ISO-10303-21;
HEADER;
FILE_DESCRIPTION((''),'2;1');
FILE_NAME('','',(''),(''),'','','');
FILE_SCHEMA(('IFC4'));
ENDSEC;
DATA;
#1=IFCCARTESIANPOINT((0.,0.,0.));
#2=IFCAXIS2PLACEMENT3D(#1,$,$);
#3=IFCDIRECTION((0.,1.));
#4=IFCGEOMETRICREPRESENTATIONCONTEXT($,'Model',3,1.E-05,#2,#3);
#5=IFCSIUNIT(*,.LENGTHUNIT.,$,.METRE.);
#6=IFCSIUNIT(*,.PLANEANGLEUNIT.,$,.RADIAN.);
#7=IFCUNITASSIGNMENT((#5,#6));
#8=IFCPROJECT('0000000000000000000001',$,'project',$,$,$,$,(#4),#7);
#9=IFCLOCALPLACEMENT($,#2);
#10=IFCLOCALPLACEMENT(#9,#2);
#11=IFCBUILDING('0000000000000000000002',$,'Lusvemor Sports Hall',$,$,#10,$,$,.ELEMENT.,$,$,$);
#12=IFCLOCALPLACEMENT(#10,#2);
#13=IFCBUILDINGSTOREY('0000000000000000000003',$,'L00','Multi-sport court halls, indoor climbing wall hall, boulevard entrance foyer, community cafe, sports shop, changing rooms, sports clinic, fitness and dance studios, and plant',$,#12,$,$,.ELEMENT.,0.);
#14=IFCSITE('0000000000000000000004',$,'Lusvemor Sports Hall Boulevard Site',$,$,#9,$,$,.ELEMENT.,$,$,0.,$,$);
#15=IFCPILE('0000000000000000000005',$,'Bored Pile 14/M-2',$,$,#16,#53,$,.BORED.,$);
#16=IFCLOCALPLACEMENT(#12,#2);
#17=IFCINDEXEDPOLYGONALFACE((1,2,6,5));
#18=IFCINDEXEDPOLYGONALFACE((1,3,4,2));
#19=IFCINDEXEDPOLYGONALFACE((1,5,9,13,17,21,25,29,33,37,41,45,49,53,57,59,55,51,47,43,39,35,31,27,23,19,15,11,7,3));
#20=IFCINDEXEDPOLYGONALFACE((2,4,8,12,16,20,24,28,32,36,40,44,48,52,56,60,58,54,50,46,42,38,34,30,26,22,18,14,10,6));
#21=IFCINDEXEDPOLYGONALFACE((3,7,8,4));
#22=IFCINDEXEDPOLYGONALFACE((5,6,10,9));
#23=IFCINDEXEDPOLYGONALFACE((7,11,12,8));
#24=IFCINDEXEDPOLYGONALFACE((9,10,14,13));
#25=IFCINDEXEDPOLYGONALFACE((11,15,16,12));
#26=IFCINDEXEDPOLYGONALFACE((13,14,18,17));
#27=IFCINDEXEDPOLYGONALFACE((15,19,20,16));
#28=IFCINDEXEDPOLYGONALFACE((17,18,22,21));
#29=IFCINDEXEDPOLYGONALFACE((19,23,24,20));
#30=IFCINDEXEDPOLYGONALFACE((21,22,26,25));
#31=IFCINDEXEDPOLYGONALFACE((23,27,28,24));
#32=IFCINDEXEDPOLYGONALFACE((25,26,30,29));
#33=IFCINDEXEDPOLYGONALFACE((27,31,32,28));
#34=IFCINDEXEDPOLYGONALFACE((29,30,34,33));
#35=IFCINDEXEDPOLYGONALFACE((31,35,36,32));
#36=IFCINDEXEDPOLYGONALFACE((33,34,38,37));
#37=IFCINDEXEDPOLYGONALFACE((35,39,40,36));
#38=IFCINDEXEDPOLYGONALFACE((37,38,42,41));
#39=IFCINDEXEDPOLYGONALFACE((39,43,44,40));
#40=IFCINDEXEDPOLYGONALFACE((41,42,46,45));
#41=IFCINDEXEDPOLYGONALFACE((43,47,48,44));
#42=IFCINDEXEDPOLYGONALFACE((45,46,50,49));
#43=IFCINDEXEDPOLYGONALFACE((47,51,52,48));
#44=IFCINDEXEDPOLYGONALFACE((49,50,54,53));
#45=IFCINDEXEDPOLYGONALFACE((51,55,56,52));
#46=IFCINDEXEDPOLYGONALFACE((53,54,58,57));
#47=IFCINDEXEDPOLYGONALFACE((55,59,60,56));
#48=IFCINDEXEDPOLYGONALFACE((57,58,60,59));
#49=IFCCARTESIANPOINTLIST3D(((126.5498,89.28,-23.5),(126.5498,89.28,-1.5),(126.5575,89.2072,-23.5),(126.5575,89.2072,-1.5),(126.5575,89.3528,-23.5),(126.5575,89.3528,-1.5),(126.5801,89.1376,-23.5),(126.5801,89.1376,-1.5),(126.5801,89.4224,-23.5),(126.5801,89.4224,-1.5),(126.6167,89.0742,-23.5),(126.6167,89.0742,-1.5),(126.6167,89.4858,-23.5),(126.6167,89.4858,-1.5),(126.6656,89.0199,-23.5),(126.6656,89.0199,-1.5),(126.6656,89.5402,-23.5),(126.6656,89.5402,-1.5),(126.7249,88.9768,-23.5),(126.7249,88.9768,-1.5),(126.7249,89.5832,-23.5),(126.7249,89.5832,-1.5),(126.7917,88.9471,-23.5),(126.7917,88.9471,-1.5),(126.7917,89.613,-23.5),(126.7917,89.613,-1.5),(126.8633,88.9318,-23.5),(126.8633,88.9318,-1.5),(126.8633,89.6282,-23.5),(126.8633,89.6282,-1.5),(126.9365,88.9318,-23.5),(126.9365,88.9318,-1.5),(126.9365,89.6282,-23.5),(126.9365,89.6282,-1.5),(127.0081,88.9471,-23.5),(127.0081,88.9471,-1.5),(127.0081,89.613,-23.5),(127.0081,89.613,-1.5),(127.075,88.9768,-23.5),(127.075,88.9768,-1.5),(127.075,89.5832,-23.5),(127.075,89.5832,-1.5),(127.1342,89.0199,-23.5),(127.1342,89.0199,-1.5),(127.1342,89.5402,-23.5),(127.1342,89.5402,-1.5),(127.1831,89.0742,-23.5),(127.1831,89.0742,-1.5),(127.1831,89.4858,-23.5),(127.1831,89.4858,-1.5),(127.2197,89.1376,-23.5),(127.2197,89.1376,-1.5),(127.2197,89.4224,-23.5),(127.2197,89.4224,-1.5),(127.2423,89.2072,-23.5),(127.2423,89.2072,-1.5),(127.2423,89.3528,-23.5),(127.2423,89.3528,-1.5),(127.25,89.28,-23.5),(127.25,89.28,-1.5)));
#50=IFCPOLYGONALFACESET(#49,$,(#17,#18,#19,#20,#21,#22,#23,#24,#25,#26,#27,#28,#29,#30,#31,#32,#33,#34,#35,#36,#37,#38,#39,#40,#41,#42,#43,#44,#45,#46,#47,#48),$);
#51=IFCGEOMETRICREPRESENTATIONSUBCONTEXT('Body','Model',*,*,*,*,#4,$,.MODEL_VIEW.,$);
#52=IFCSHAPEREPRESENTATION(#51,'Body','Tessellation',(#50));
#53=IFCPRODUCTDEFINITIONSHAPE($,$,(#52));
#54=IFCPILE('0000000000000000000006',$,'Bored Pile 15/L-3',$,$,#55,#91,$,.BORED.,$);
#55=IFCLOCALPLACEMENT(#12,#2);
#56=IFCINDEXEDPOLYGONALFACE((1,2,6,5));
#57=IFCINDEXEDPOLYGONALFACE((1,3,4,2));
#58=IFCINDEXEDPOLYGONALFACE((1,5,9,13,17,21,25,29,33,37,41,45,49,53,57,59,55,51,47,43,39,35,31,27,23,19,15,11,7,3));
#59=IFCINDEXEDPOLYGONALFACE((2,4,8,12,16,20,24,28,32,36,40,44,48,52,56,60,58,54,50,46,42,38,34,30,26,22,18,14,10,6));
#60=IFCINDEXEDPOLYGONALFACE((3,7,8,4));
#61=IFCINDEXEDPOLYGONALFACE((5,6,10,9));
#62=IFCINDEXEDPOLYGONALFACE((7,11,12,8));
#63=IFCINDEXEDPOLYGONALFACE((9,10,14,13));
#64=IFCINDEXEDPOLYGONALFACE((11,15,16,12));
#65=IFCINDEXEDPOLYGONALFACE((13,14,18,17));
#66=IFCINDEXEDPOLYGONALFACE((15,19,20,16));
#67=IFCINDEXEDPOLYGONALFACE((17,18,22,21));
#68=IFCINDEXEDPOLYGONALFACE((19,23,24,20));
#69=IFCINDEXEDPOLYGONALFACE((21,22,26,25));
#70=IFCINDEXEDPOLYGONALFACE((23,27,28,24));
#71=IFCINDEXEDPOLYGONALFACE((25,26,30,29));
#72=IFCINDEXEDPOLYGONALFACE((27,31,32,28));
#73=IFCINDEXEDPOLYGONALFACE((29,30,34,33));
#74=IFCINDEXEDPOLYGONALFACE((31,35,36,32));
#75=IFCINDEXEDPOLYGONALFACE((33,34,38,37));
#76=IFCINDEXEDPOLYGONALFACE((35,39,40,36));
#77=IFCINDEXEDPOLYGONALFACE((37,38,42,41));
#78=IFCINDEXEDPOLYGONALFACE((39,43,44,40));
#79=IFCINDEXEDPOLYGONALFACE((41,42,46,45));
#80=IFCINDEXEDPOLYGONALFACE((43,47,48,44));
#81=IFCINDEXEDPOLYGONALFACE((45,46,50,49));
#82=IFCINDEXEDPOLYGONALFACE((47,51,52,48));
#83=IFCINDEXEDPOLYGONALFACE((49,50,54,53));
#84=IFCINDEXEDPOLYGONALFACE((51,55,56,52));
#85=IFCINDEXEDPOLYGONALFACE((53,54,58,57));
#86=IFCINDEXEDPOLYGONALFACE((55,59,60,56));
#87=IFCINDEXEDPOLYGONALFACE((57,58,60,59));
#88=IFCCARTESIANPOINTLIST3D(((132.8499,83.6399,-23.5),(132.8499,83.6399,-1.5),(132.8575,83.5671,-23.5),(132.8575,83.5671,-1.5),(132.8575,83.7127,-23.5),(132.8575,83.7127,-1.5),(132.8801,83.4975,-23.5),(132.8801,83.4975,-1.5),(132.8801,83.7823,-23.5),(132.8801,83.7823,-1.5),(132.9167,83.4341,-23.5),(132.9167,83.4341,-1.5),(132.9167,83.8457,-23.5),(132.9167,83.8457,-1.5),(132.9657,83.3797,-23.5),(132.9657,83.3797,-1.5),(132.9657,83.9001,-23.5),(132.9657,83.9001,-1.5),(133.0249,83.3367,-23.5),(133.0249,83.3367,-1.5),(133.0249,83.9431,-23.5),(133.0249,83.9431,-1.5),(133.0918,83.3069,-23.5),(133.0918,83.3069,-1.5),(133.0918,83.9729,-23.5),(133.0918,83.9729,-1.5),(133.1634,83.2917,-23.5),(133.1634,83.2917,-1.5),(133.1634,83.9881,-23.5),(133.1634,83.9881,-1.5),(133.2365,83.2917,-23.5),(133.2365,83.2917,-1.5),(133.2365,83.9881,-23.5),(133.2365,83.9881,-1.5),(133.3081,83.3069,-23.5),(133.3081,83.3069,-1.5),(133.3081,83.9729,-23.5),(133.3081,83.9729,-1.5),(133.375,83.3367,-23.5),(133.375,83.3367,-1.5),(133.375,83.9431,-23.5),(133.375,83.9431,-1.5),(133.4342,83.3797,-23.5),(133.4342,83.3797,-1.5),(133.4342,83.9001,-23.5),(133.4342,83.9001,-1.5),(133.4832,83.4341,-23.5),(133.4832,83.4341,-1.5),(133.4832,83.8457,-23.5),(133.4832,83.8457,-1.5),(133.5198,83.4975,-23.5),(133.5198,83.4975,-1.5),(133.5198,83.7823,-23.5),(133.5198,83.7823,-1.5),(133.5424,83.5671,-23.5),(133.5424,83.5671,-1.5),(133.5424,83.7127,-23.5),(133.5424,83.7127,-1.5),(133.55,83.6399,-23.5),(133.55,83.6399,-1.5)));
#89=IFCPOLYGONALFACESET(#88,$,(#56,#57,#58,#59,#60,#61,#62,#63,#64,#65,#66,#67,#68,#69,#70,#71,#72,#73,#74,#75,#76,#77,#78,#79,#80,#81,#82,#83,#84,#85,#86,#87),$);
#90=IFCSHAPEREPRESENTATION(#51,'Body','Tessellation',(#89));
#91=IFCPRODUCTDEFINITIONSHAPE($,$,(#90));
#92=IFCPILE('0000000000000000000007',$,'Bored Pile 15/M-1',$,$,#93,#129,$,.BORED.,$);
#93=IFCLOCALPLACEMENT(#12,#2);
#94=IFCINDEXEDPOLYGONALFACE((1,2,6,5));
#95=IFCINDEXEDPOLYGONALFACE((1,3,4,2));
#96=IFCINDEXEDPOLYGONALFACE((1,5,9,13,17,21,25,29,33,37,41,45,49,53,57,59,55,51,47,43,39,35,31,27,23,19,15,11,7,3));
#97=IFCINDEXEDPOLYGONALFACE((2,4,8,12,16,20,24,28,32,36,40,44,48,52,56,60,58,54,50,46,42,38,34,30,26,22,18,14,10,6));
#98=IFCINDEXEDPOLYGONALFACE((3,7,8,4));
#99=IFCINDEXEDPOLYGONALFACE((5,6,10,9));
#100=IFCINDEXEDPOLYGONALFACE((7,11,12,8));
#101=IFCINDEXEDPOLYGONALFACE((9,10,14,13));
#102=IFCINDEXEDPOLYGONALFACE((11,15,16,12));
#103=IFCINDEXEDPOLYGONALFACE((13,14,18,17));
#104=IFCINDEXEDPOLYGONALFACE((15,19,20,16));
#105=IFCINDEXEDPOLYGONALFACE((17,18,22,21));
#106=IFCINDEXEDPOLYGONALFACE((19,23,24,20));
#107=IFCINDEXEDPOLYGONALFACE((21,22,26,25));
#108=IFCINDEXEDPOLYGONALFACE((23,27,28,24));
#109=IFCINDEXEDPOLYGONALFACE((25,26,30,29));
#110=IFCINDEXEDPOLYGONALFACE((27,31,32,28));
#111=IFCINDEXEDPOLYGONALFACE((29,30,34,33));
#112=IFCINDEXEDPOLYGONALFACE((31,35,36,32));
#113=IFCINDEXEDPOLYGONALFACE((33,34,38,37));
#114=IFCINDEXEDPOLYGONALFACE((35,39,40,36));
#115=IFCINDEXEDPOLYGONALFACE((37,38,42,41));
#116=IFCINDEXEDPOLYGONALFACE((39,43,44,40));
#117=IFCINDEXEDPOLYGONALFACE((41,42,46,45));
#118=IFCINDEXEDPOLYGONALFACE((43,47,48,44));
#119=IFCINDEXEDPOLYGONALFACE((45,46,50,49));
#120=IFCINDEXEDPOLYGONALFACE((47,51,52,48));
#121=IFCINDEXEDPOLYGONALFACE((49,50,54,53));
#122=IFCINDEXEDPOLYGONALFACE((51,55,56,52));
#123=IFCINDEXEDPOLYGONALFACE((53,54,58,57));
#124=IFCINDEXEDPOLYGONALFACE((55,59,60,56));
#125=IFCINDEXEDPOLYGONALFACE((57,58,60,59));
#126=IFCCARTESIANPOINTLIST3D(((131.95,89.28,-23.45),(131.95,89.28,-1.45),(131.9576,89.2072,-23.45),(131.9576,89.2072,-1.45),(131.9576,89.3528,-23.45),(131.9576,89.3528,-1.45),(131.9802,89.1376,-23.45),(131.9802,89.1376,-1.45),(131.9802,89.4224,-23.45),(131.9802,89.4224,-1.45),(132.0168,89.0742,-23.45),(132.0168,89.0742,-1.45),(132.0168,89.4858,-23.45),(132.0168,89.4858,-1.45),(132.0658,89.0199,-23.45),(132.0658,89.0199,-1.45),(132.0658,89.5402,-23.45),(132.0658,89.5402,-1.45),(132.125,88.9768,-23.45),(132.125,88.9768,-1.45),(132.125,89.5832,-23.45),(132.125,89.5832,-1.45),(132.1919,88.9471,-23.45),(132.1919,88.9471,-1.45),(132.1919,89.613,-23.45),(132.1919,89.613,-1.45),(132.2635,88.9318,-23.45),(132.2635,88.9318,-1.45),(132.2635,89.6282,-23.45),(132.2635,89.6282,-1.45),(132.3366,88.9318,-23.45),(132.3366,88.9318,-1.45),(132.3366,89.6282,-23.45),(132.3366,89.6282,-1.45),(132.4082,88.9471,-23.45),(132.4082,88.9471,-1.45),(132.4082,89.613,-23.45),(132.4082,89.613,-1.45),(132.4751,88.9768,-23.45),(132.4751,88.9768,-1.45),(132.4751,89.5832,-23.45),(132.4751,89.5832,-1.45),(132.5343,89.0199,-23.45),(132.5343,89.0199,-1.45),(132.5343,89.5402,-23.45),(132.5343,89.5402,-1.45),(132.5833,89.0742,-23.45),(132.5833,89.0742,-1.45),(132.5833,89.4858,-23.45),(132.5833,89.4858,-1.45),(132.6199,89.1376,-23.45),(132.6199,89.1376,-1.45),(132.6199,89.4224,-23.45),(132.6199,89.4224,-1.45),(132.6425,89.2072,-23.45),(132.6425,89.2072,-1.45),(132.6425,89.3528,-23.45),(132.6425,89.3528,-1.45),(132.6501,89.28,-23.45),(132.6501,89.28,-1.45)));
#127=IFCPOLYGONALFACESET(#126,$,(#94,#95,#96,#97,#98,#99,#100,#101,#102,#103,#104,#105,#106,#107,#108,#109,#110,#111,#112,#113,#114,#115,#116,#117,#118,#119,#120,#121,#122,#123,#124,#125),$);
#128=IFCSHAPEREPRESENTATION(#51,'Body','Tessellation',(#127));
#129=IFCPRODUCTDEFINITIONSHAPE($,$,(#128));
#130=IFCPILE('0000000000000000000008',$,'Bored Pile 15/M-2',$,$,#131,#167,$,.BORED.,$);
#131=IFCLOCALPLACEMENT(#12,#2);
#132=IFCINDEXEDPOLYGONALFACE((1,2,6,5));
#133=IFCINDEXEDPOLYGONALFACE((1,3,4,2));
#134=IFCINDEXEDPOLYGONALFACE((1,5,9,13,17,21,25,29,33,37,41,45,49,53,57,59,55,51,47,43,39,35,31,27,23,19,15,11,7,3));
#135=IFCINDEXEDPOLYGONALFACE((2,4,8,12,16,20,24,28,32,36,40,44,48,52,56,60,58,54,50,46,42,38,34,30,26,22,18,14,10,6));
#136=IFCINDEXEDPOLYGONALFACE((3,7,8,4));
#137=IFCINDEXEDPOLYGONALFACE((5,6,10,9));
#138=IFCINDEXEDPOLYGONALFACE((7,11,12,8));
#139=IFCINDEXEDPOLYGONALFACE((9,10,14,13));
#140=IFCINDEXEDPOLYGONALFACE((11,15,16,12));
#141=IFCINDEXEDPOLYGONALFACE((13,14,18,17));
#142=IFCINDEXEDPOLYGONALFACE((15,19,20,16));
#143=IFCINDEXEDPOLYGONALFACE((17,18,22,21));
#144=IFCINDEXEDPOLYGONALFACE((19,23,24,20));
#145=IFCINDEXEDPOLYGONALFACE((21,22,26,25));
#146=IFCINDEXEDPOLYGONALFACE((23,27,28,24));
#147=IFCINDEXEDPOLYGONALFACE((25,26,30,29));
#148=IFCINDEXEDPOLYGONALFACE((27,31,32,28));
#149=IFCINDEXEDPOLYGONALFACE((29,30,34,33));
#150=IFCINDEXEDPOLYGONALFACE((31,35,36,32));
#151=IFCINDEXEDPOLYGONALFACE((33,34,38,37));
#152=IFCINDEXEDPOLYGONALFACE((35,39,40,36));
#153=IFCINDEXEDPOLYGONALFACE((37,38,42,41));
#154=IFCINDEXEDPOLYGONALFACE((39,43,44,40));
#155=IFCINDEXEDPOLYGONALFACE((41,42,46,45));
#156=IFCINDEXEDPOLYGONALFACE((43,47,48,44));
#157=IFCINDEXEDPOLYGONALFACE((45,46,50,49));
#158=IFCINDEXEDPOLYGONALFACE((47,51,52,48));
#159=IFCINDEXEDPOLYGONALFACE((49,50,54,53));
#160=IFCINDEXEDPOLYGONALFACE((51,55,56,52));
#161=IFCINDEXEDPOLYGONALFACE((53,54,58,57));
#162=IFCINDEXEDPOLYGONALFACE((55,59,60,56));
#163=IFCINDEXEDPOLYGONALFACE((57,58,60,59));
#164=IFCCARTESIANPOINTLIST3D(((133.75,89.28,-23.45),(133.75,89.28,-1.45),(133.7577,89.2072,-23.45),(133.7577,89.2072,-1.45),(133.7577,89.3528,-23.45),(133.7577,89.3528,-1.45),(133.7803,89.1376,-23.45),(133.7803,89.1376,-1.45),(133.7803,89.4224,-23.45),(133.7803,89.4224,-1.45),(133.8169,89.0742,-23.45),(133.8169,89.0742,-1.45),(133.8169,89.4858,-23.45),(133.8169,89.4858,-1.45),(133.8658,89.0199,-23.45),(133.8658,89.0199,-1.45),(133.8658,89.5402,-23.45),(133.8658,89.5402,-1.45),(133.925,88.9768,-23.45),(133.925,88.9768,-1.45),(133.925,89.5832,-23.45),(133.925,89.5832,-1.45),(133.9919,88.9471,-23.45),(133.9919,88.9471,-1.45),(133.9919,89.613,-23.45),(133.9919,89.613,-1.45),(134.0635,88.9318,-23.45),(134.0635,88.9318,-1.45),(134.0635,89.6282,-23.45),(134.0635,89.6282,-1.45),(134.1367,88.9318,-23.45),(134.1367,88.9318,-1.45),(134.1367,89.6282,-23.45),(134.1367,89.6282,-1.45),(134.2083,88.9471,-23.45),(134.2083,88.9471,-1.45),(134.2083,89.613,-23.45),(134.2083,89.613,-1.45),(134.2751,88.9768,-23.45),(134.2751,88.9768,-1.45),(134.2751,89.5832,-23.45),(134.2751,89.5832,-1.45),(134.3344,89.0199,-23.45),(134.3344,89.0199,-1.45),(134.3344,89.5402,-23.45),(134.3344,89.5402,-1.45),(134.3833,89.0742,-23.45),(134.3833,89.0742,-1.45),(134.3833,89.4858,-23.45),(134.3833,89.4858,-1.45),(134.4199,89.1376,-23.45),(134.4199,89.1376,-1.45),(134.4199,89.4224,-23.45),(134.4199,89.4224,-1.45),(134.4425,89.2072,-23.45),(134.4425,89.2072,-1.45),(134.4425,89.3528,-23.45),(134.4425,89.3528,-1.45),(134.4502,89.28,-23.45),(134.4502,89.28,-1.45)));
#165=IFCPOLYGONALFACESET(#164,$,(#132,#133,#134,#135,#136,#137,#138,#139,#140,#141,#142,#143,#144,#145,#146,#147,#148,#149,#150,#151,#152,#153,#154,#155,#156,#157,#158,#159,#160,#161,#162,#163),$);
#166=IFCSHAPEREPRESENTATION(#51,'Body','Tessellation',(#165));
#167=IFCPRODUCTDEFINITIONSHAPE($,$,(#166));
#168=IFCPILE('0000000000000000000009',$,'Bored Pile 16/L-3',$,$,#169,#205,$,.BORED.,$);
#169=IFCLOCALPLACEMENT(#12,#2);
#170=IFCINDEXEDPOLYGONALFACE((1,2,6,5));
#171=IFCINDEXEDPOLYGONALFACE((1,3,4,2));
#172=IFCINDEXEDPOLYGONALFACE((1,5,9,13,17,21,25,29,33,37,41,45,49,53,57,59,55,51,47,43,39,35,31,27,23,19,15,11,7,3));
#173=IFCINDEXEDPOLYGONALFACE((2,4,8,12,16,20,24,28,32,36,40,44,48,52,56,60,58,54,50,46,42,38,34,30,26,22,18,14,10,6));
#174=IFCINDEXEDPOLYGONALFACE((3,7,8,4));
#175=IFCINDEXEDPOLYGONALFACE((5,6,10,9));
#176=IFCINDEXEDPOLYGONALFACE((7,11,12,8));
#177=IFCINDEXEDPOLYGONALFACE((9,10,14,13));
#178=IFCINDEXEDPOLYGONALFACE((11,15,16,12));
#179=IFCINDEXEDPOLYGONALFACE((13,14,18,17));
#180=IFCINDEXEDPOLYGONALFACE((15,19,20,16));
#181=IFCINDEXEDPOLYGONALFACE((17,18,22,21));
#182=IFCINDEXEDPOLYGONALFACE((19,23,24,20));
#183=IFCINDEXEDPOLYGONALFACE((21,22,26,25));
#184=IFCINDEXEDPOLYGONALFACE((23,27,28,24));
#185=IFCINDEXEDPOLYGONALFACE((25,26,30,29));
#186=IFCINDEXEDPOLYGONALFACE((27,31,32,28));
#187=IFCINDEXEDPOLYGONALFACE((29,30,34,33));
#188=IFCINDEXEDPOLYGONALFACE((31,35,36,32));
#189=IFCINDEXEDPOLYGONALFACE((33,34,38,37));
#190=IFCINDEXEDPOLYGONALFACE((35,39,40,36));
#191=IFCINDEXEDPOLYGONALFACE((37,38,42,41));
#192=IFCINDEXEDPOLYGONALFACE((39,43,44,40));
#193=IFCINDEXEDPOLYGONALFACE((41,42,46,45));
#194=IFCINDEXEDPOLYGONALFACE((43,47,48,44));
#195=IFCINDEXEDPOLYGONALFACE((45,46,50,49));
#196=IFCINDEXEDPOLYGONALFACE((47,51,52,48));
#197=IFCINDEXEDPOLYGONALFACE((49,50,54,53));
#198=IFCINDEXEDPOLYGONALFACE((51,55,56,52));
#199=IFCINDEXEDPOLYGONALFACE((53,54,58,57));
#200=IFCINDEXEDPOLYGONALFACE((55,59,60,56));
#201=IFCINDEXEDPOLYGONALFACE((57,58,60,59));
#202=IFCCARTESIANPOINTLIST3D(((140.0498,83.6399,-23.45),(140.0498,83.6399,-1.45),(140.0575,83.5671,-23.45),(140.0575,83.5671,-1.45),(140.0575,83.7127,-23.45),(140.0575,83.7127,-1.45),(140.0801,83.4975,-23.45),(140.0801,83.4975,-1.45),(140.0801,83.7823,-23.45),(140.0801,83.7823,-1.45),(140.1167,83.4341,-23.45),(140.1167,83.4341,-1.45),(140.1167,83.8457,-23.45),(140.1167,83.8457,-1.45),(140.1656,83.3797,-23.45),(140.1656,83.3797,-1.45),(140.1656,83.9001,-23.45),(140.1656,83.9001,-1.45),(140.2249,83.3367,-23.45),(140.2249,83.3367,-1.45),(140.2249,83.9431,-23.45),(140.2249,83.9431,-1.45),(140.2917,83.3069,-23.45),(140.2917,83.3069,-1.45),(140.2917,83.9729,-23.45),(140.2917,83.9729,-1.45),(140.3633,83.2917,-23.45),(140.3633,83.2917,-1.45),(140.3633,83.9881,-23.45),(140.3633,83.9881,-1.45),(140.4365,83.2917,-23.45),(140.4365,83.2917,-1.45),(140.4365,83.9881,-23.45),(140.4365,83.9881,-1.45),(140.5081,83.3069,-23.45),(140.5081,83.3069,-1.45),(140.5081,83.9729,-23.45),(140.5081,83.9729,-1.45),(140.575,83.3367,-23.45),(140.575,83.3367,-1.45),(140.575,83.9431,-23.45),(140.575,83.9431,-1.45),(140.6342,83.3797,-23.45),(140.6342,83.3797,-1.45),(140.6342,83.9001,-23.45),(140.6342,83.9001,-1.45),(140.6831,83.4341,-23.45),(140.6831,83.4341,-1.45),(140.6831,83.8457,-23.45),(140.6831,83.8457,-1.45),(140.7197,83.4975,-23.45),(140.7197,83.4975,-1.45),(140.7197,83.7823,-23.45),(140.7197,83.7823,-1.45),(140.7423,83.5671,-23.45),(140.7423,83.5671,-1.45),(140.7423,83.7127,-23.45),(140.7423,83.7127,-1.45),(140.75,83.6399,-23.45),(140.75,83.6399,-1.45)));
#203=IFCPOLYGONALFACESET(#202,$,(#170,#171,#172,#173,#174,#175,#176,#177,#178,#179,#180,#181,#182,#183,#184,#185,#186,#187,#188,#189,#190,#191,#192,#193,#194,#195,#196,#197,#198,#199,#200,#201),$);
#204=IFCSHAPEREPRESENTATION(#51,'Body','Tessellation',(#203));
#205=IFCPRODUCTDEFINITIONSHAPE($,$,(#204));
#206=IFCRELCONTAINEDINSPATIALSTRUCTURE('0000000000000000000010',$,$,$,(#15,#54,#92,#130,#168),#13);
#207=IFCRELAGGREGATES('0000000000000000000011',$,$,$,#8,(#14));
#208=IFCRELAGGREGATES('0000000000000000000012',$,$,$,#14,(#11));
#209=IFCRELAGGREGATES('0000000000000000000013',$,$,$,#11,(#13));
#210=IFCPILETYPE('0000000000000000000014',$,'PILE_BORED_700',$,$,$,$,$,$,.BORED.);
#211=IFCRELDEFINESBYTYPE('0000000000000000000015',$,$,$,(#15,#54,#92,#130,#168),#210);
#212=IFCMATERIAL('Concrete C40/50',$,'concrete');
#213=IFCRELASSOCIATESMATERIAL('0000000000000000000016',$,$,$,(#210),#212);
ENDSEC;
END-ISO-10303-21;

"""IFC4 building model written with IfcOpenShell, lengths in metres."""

from ifc_helpers import new_model, si_unit, direction, frame, origin, origin_2d, place, context, subcontext, project, spatial, circle, extrude, material, material_profile, profile_set, type_object, element, save


model = new_model("IFC4")

# Units and contexts
model_context = context("Model", 3, precision=1e-05, world=origin(), true_north=direction((0.0, 1.0)))
body_context = subcontext(model_context, "Body", "Model", "MODEL_VIEW")
ifc_project = project(units=[si_unit("LENGTHUNIT", "METRE"), si_unit("PLANEANGLEUNIT", "RADIAN")], contexts=[model_context])

# Site, building, storey
site_placement = place(None, origin())
site = spatial("IfcSite", under=ifc_project, at=site_placement, Name="Lusvemor Sports Hall Boulevard Site", CompositionType="ELEMENT", RefElevation=0.0)
building_placement = place(site_placement, origin())
building = spatial("IfcBuilding", under=site, at=building_placement, Name="Lusvemor Sports Hall", CompositionType="ELEMENT")
storey_placement = place(building_placement, origin())
storey = spatial("IfcBuildingStorey", under=building, at=storey_placement, Name="L00", Description="Multi-sport court halls, indoor climbing wall hall, boulevard entrance foyer, community cafe, sports shop, changing rooms, sports clinic, fitness and dance studios, and plant", CompositionType="ELEMENT", Elevation=0.0)

# Piles
ifc_material_1 = material(Name="Concrete C40/50", Category="concrete")
ifc_material_profile_1 = material_profile(ifc_material_1, circle(Radius=0.3501, at=origin_2d()), Name="PILE700")
ifc_profile_set_1 = profile_set([ifc_material_profile_1], Name="Concrete C40/50")
pile_type = type_object("IfcPileType", Name="PILE_BORED_700", PredefinedType="BORED", material=ifc_profile_set_1)
for number, where, z_axis, x_axis, name in (
    (1, (126.8999, 89.28, -1.5), (0.0, 0.0, -1.0), (1.0, 0.0, 0.0), "Bored Pile 14/M-2"),
    (2, (133.2, 83.6399, -1.5), (0.0, 0.0, -1.0), (1.0, 0.0, 0.0), "Bored Pile 15/L-3"),
    (3, (132.3, 89.28, -1.45), (0.0, 0.0, -1.0), (1.0, 0.0, 0.0), "Bored Pile 15/M-1"),
    (4, (134.1001, 89.28, -1.45), (0.0, 0.0, -1.0), (1.0, 0.0, 0.0), "Bored Pile 15/M-2"),
    (5, (140.3999, 83.6399, -1.45), (0.0, 0.0, -1.0), (1.0, 0.0, 0.0), "Bored Pile 16/L-3"),
):
    element("IfcPile", number, at=place(storey_placement, frame(where, z_axis=z_axis, x_axis=x_axis)), inside=storey, type_object=pile_type, Name=name, PredefinedType="BORED", context=body_context, shape_type="SweptSolid", body=[
        extrude(circle(Radius=0.3501, at=origin_2d()), origin(), (0.0, 0.0, 1.0), 22.0),
    ])

save(model, "model.ifc")
